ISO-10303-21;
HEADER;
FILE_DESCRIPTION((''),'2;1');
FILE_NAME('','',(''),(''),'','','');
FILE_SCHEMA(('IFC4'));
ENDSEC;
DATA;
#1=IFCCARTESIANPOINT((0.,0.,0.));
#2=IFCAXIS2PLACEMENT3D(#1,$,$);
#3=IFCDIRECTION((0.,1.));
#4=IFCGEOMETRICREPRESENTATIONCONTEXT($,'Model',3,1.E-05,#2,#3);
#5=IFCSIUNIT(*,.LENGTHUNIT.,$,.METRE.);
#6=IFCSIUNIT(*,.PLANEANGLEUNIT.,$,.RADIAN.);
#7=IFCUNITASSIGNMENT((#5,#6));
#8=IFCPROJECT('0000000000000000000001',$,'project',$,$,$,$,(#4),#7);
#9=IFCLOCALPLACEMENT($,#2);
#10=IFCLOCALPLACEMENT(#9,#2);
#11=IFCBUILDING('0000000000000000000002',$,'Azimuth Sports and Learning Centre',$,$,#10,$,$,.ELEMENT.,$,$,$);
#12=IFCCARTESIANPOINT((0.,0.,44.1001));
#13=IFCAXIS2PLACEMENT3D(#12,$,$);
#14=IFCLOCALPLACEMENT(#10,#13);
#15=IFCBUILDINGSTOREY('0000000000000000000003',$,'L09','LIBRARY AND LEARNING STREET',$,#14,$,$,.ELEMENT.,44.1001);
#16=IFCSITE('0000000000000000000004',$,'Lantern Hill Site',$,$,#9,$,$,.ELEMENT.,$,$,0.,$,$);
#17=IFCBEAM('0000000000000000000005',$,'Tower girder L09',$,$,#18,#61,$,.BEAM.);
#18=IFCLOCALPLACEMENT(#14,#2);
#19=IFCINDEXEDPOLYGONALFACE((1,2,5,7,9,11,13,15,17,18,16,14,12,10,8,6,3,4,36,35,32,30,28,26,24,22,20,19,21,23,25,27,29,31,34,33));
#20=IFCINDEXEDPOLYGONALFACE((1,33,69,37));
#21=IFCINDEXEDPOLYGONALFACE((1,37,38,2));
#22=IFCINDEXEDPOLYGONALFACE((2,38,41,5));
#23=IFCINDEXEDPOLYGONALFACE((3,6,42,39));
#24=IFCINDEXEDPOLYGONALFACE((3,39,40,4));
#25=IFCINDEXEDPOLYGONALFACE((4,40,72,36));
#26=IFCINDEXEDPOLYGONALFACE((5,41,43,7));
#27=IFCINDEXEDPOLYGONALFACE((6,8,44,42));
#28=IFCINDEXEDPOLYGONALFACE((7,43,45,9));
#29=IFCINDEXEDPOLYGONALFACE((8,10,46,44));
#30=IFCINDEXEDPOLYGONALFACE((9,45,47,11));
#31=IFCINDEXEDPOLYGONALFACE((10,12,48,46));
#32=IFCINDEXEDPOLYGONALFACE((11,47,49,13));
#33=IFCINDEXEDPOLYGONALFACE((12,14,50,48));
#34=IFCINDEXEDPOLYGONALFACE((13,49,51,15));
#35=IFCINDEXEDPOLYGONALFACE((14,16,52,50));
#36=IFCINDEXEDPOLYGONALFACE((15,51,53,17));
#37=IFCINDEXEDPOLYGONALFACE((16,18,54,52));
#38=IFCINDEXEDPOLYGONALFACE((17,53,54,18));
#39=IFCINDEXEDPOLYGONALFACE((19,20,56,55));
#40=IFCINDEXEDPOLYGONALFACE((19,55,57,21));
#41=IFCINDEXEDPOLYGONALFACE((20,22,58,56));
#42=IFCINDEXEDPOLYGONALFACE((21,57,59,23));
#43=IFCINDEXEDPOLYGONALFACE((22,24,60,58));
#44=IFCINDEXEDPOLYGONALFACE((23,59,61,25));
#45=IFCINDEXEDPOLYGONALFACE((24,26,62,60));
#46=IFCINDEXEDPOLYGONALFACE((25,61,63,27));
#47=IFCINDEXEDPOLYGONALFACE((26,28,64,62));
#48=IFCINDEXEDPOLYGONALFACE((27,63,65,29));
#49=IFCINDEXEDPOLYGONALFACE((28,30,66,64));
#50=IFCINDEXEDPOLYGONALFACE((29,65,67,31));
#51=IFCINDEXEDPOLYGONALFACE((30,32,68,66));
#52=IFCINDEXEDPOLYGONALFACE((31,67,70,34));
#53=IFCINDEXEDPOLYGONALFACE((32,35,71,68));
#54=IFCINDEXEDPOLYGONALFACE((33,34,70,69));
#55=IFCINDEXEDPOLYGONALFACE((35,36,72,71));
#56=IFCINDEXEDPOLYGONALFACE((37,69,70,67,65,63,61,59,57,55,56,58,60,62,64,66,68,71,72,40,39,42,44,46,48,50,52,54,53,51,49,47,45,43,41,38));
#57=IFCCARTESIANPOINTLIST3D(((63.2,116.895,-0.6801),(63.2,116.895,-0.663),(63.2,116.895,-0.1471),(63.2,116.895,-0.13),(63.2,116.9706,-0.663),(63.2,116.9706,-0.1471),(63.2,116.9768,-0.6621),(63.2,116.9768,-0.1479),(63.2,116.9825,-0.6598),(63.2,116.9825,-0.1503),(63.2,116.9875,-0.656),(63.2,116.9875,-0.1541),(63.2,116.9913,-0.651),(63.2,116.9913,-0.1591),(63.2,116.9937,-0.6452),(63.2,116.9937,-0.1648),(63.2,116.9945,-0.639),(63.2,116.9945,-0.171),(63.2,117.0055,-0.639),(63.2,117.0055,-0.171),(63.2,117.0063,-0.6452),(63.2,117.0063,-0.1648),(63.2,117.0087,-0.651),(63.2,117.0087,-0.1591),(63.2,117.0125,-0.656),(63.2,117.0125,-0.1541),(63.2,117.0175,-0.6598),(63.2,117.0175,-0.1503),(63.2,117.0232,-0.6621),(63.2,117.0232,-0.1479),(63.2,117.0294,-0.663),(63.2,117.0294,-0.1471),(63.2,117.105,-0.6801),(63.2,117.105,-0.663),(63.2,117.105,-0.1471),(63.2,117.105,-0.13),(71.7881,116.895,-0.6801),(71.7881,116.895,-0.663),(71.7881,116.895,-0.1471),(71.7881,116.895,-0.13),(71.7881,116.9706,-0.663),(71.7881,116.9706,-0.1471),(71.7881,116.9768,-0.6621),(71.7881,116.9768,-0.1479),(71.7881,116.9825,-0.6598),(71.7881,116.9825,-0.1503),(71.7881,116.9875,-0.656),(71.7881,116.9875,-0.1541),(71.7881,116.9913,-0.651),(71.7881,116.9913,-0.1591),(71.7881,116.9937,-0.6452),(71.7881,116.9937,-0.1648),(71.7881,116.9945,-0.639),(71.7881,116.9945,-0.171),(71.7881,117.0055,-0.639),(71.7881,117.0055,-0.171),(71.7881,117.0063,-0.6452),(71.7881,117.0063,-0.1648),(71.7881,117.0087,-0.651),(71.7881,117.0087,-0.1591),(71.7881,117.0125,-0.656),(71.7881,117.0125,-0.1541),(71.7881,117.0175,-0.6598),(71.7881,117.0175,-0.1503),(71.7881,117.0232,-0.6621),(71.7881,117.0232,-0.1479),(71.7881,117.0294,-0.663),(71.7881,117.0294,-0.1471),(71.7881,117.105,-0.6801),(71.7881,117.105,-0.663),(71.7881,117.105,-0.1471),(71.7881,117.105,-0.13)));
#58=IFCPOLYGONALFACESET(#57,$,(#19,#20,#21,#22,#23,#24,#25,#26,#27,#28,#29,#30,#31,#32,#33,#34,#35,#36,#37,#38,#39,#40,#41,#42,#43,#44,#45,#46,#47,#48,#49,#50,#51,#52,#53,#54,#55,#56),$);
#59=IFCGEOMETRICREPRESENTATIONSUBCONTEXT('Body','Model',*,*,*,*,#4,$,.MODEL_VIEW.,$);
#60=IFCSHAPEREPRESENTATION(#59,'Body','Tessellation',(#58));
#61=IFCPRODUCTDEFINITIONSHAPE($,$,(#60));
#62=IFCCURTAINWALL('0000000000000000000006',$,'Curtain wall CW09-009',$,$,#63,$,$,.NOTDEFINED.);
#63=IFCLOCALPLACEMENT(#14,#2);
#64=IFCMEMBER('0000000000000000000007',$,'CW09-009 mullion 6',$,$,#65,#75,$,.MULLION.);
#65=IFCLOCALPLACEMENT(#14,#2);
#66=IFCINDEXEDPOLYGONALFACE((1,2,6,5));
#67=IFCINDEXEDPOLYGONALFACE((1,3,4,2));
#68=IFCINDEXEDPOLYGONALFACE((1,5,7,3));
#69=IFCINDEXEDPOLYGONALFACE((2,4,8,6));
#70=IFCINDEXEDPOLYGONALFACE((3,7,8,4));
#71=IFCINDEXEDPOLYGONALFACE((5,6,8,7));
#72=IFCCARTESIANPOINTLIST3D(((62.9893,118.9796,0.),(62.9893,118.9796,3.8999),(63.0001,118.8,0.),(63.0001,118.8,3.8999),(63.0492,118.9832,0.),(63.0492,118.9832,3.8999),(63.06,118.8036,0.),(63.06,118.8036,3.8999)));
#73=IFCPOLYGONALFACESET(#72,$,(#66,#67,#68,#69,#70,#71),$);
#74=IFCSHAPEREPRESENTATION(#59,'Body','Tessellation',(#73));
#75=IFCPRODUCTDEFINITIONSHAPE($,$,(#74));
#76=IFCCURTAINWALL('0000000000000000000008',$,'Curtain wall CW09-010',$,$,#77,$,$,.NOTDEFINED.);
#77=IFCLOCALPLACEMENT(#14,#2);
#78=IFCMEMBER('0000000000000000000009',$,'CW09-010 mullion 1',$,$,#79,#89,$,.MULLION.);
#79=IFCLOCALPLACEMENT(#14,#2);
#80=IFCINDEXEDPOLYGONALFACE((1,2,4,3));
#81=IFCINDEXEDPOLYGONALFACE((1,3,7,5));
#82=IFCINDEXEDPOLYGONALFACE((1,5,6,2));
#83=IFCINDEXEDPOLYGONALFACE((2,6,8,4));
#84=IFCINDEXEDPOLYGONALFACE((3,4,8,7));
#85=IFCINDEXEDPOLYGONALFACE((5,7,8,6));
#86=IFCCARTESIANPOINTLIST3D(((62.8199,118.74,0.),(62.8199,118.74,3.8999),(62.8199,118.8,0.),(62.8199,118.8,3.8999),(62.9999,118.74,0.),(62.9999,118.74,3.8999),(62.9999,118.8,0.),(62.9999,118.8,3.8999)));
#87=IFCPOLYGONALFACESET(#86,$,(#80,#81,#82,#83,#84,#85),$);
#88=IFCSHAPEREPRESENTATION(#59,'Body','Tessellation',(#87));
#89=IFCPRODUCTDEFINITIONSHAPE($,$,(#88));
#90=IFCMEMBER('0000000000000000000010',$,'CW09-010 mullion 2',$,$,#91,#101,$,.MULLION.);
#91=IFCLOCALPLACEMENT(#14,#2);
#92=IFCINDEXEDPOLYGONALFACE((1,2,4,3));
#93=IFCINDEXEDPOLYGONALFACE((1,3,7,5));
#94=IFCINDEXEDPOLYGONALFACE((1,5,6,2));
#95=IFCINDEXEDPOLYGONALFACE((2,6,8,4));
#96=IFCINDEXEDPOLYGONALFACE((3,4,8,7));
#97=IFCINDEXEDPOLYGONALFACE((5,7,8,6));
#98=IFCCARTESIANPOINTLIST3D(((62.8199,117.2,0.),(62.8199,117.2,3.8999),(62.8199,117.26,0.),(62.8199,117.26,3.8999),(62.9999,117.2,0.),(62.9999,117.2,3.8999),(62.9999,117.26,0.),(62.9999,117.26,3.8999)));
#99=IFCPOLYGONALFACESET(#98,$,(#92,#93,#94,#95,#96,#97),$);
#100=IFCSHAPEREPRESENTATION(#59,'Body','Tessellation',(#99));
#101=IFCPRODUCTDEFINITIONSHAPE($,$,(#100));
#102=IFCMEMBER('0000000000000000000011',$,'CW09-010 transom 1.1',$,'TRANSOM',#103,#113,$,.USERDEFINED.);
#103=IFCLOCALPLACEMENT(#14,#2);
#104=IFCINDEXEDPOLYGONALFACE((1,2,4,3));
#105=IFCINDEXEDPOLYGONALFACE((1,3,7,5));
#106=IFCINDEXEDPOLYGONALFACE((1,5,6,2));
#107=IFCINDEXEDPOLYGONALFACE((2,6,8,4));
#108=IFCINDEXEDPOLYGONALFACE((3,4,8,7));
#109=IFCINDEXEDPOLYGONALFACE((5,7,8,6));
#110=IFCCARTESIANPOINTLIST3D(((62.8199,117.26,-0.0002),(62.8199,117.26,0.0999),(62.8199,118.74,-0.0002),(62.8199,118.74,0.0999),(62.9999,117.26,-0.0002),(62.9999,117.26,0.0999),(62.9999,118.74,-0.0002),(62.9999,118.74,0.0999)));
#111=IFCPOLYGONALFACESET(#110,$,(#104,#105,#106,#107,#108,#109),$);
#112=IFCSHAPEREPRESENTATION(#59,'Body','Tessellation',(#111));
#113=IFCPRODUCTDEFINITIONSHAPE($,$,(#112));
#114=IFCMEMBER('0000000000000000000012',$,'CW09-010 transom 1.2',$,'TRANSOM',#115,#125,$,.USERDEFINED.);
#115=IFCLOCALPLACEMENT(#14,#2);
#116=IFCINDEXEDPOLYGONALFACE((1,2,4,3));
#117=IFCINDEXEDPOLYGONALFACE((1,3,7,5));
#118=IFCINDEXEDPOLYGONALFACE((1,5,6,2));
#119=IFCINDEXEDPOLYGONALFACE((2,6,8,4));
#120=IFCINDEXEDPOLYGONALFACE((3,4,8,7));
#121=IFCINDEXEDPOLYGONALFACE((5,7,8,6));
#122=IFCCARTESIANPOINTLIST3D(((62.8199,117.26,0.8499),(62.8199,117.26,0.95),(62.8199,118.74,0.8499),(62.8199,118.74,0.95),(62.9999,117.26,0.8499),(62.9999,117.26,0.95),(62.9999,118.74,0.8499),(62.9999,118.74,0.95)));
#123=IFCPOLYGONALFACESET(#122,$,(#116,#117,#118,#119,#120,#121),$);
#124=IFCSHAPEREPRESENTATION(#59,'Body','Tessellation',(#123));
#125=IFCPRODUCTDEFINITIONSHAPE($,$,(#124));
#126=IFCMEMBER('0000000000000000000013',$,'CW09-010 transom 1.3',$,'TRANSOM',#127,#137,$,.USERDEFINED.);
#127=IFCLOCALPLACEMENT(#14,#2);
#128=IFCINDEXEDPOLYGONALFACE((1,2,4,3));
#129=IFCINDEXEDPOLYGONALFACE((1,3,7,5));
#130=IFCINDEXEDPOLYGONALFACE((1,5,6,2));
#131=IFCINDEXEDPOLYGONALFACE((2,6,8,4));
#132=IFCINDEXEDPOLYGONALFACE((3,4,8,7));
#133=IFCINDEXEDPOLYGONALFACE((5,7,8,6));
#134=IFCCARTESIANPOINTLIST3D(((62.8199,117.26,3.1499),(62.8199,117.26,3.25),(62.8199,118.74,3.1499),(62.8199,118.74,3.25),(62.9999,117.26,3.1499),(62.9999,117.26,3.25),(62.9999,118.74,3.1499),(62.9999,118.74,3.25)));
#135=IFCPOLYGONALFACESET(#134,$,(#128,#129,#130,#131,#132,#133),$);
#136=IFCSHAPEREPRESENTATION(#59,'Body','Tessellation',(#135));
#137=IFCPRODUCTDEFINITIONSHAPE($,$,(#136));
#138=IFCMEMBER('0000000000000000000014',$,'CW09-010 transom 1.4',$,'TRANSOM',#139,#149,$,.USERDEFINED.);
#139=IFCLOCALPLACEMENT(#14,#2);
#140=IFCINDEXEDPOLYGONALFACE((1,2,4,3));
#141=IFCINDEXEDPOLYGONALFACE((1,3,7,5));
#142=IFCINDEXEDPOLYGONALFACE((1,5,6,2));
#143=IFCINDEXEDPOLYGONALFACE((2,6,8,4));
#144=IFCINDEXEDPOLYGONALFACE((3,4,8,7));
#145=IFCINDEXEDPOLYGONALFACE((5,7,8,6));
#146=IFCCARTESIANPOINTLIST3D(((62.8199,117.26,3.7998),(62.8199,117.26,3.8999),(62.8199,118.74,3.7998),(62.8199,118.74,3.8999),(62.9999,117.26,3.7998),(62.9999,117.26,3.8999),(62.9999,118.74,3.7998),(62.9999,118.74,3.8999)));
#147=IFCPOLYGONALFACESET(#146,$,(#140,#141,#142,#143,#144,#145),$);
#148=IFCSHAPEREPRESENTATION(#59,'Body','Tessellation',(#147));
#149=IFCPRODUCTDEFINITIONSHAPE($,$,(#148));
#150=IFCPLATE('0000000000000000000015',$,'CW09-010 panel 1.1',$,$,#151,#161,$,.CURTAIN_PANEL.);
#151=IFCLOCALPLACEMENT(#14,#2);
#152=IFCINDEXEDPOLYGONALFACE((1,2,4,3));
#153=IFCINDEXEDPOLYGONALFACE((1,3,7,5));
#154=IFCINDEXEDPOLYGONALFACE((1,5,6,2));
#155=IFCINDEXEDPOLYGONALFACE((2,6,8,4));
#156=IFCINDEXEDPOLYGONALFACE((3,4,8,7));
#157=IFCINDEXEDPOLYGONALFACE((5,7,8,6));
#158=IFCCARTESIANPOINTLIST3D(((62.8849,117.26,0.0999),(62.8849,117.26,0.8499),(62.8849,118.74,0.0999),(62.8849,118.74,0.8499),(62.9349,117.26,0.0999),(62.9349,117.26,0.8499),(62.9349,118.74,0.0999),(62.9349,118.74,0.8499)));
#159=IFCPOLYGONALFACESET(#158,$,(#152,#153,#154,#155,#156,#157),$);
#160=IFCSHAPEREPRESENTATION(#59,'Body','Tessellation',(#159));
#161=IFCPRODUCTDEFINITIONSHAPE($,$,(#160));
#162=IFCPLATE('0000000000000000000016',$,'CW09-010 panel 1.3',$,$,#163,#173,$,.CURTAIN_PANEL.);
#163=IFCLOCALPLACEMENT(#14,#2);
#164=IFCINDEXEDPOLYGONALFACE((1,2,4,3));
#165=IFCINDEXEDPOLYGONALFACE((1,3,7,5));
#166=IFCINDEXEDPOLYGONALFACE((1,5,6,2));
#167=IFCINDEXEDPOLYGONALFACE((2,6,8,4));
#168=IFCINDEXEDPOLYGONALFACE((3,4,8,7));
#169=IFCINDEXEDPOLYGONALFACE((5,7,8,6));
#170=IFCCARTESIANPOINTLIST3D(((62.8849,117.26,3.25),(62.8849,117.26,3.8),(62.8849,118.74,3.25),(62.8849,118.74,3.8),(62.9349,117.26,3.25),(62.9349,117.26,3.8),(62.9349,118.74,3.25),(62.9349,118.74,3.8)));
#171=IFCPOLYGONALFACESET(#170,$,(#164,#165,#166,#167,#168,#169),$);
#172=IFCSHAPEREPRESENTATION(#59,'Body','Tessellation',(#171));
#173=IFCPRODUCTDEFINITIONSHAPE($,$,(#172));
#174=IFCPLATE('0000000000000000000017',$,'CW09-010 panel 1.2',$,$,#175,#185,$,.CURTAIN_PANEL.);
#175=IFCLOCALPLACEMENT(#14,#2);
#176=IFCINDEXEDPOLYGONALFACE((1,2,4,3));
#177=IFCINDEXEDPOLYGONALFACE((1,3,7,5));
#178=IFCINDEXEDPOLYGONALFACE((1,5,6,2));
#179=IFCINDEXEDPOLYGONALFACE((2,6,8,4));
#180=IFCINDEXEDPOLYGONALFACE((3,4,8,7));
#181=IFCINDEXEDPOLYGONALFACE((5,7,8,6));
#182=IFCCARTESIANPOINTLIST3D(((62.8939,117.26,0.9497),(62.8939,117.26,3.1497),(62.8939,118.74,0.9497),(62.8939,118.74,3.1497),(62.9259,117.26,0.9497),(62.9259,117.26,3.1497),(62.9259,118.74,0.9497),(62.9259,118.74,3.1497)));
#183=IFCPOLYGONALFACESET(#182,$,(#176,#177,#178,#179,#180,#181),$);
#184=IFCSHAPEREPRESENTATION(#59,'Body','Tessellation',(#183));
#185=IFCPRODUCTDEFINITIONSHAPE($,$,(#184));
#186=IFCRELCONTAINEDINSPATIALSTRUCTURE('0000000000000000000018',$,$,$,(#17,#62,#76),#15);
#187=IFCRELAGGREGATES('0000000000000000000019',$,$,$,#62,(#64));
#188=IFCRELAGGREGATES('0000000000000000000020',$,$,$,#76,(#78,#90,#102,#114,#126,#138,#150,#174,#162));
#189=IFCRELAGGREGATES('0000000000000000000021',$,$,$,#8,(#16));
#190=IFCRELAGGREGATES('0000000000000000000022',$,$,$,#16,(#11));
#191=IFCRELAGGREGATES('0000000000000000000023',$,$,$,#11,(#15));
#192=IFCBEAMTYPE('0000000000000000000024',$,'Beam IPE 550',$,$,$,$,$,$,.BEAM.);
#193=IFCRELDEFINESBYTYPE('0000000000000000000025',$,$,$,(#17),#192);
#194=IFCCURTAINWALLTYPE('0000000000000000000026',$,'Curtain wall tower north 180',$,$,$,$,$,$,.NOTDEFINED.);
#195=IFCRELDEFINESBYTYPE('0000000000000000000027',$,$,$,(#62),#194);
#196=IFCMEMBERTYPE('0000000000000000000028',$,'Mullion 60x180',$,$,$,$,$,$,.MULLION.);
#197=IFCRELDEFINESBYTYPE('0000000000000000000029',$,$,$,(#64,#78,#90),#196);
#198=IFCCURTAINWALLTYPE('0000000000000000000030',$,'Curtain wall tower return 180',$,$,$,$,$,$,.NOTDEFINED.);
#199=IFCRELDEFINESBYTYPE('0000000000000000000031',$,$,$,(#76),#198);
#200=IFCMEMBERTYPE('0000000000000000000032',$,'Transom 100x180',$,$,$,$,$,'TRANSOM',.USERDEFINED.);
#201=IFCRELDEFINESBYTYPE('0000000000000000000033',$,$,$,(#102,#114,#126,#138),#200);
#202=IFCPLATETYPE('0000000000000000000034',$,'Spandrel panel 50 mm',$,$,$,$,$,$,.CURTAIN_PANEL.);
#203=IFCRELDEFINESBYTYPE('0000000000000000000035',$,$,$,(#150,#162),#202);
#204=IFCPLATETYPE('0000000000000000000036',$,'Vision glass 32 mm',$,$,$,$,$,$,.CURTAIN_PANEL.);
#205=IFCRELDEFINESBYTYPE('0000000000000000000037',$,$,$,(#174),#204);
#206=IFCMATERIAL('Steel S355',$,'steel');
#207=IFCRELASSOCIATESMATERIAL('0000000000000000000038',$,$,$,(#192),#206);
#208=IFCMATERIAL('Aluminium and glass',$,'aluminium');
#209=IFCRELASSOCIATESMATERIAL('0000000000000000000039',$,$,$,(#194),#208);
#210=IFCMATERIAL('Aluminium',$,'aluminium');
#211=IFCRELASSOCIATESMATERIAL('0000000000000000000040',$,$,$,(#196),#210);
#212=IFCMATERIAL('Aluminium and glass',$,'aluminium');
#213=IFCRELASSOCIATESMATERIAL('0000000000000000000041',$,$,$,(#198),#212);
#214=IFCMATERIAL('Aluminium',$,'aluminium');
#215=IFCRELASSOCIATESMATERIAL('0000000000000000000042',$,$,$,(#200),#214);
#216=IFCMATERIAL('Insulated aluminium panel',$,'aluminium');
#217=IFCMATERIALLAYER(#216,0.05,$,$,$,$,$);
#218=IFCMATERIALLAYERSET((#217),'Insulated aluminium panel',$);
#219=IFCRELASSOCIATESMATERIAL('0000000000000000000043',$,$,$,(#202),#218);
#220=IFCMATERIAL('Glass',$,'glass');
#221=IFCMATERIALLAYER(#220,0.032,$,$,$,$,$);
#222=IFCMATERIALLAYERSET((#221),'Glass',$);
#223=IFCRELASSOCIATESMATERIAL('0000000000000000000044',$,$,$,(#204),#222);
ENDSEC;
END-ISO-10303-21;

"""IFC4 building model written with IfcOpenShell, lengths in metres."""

from ifc_helpers import new_model, si_unit, direction, frame, origin, origin_2d, place, context, subcontext, project, spatial, rectangle, i_section, extrude, material, layer, layer_set, material_profile, profile_set, type_object, element, aggregate, save


model = new_model("IFC4")

# Units and contexts
model_context = context("Model", 3, precision=1e-05, world=origin(), true_north=direction((0.0, 1.0)))
body_context = subcontext(model_context, "Body", "Model", "MODEL_VIEW")
ifc_project = project(units=[si_unit("LENGTHUNIT", "METRE"), si_unit("PLANEANGLEUNIT", "RADIAN")], contexts=[model_context])

# Site, building, storey
site_placement = place(None, origin())
site = spatial("IfcSite", under=ifc_project, at=site_placement, Name="Lantern Hill Site", CompositionType="ELEMENT", RefElevation=0.0)
building_placement = place(site_placement, origin())
building = spatial("IfcBuilding", under=site, at=building_placement, Name="Azimuth Sports and Learning Centre", CompositionType="ELEMENT")
storey_placement = place(building_placement, frame((0.0, 0.0, 44.1001)))
storey = spatial("IfcBuildingStorey", under=building, at=storey_placement, Name="L09", Description="LIBRARY AND LEARNING STREET", CompositionType="ELEMENT", Elevation=44.1001)

# Beam
ifc_material_1 = material(Name="Steel S355", Category="steel")
ifc_material_profile_1 = material_profile(ifc_material_1, i_section(OverallWidth=0.21, OverallDepth=0.55, WebThickness=0.011, FlangeThickness=0.0171, FilletRadius=0.0239, at=origin_2d()), Name="IPE 550")
ifc_profile_set_1 = profile_set([ifc_material_profile_1], Name="Steel S355")
beam_type = type_object("IfcBeamType", Name="Beam IPE 550", PredefinedType="BEAM", material=ifc_profile_set_1)
beam_placement = place(storey_placement, frame((63.2, 117.0, -0.405), z_axis=(1.0, 0.0, 0.0), x_axis=(0.0, 1.0, 0.0)))
element("IfcBeam", 1, at=beam_placement, inside=storey, type_object=beam_type, Name="Tower girder L09", PredefinedType="BEAM", context=body_context, shape_type="SweptSolid", body=[
    extrude(i_section(OverallWidth=0.21, OverallDepth=0.55, WebThickness=0.011, FlangeThickness=0.0171, FilletRadius=0.0239, at=origin_2d()), origin(), (0.0, 0.0, 1.0), 8.5881),
])

# Curtain wall, member
ifc_material_2 = material(Name="Aluminium and glass", Category="aluminium")
curtain_wall_type_1 = type_object("IfcCurtainWallType", Name="Curtain wall tower north 180", PredefinedType="NOTDEFINED", material=ifc_material_2)
curtain_wall_1_placement = place(storey_placement, origin())
curtain_wall_1 = element("IfcCurtainWall", 2, at=curtain_wall_1_placement, inside=storey, type_object=curtain_wall_type_1, Name="Curtain wall CW09-009", PredefinedType="NOTDEFINED")
ifc_material_3 = material(Name="Aluminium", Category="aluminium")
ifc_material_profile_2 = material_profile(ifc_material_3, rectangle(XDim=0.1799, YDim=0.0601, at=origin_2d()), Name="Mullion 60x180")
ifc_profile_set_2 = profile_set([ifc_material_profile_2], Name="Aluminium")
member_type_1 = type_object("IfcMemberType", Name="Mullion 60x180", PredefinedType="MULLION", material=ifc_profile_set_2)
member_1_placement = place(storey_placement, frame((63.0247, 118.8916, 0.0), z_axis=(0.0, 0.0, 1.0), x_axis=(0.059892, -0.998205, 0.0)))
member_1 = element("IfcMember", 3, at=member_1_placement, type_object=member_type_1, Name="CW09-009 mullion 6", PredefinedType="MULLION", context=body_context, shape_type="SweptSolid", body=[
    extrude(rectangle(XDim=0.1799, YDim=0.0601, at=origin_2d()), origin(), (0.0, 0.0, 1.0), 3.8999),
])
aggregate(curtain_wall_1, [member_1])

# Curtain wall, members, plates
ifc_material_4 = material(Name="Aluminium and glass", Category="aluminium")
curtain_wall_type_2 = type_object("IfcCurtainWallType", Name="Curtain wall tower return 180", PredefinedType="NOTDEFINED", material=ifc_material_4)
curtain_wall_2_placement = place(storey_placement, origin())
curtain_wall_2 = element("IfcCurtainWall", 4, at=curtain_wall_2_placement, inside=storey, type_object=curtain_wall_type_2, Name="Curtain wall CW09-010", PredefinedType="NOTDEFINED")
member_2_placement = place(storey_placement, frame((62.9099, 118.77, 0.0), z_axis=(0.0, 0.0, 1.0), x_axis=(1.0, 0.0, 0.0)))
member_2 = element("IfcMember", 5, at=member_2_placement, type_object=member_type_1, Name="CW09-010 mullion 1", PredefinedType="MULLION", context=body_context, shape_type="SweptSolid", body=[
    extrude(rectangle(XDim=0.1799, YDim=0.0601, at=origin_2d()), origin(), (0.0, 0.0, 1.0), 3.8999),
])
member_3_placement = place(storey_placement, frame((62.9099, 117.23, 0.0), z_axis=(0.0, 0.0, 1.0), x_axis=(1.0, 0.0, 0.0)))
member_3 = element("IfcMember", 6, at=member_3_placement, type_object=member_type_1, Name="CW09-010 mullion 2", PredefinedType="MULLION", context=body_context, shape_type="SweptSolid", body=[
    extrude(rectangle(XDim=0.1799, YDim=0.0601, at=origin_2d()), origin(), (0.0, 0.0, 1.0), 3.8999),
])
ifc_material_5 = material(Name="Aluminium", Category="aluminium")
ifc_material_profile_3 = material_profile(ifc_material_5, rectangle(XDim=0.1799, YDim=0.1001, at=origin_2d()), Name="Transom 100x180")
ifc_profile_set_3 = profile_set([ifc_material_profile_3], Name="Aluminium")
member_type_2 = type_object("IfcMemberType", Name="Transom 100x180", ElementType="TRANSOM", PredefinedType="USERDEFINED", material=ifc_profile_set_3)
member_4_placement = place(storey_placement, frame((62.9099, 118.74, 0.0498), z_axis=(0.0, -1.0, 0.0), x_axis=(1.0, 0.0, 0.0)))
member_4 = element("IfcMember", 7, at=member_4_placement, type_object=member_type_2, Name="CW09-010 transom 1.1", ObjectType="TRANSOM", PredefinedType="USERDEFINED", context=body_context, shape_type="SweptSolid", body=[
    extrude(rectangle(XDim=0.1799, YDim=0.1001, at=origin_2d()), origin(), (0.0, 0.0, 1.0), 1.48),
])
member_5_placement = place(storey_placement, frame((62.9099, 118.74, 0.8999), z_axis=(0.0, -1.0, 0.0), x_axis=(1.0, 0.0, 0.0)))
member_5 = element("IfcMember", 8, at=member_5_placement, type_object=member_type_2, Name="CW09-010 transom 1.2", ObjectType="TRANSOM", PredefinedType="USERDEFINED", context=body_context, shape_type="SweptSolid", body=[
    extrude(rectangle(XDim=0.1799, YDim=0.1001, at=origin_2d()), origin(), (0.0, 0.0, 1.0), 1.48),
])
member_6_placement = place(storey_placement, frame((62.9099, 118.74, 3.2), z_axis=(0.0, -1.0, 0.0), x_axis=(1.0, 0.0, 0.0)))
member_6 = element("IfcMember", 9, at=member_6_placement, type_object=member_type_2, Name="CW09-010 transom 1.3", ObjectType="TRANSOM", PredefinedType="USERDEFINED", context=body_context, shape_type="SweptSolid", body=[
    extrude(rectangle(XDim=0.1799, YDim=0.1001, at=origin_2d()), origin(), (0.0, 0.0, 1.0), 1.48),
])
member_7_placement = place(storey_placement, frame((62.9099, 118.74, 3.8499), z_axis=(0.0, -1.0, 0.0), x_axis=(1.0, 0.0, 0.0)))
member_7 = element("IfcMember", 10, at=member_7_placement, type_object=member_type_2, Name="CW09-010 transom 1.4", ObjectType="TRANSOM", PredefinedType="USERDEFINED", context=body_context, shape_type="SweptSolid", body=[
    extrude(rectangle(XDim=0.1799, YDim=0.1001, at=origin_2d()), origin(), (0.0, 0.0, 1.0), 1.48),
])
ifc_material_6 = material(Name="Insulated aluminium panel", Category="aluminium")
ifc_layer_1 = layer(ifc_material_6, 0.05)
ifc_layer_set_1 = layer_set([ifc_layer_1], Name="Insulated aluminium panel")
plate_type_1 = type_object("IfcPlateType", Name="Spandrel panel 50 mm", PredefinedType="CURTAIN_PANEL", material=ifc_layer_set_1)
plate_1_placement = place(storey_placement, frame((62.9099, 118.0, 0.0999), z_axis=(0.0, 0.0, 1.0), x_axis=(0.0, -1.0, 0.0)))
plate_1 = element("IfcPlate", 11, at=plate_1_placement, type_object=plate_type_1, Name="CW09-010 panel 1.1", PredefinedType="CURTAIN_PANEL", context=body_context, shape_type="SweptSolid", body=[
    extrude(rectangle(XDim=1.48, YDim=0.05, at=origin_2d()), origin(), (0.0, 0.0, 1.0), 0.75),
])
plate_2_placement = place(storey_placement, frame((62.9099, 118.0, 3.25), z_axis=(0.0, 0.0, 1.0), x_axis=(0.0, -1.0, 0.0)))
plate_2 = element("IfcPlate", 12, at=plate_2_placement, type_object=plate_type_1, Name="CW09-010 panel 1.3", PredefinedType="CURTAIN_PANEL", context=body_context, shape_type="SweptSolid", body=[
    extrude(rectangle(XDim=1.48, YDim=0.05, at=origin_2d()), origin(), (0.0, 0.0, 1.0), 0.55),
])
ifc_material_7 = material(Name="Glass", Category="glass")
ifc_layer_2 = layer(ifc_material_7, 0.032)
ifc_layer_set_2 = layer_set([ifc_layer_2], Name="Glass")
plate_type_2 = type_object("IfcPlateType", Name="Vision glass 32 mm", PredefinedType="CURTAIN_PANEL", material=ifc_layer_set_2)
plate_3_placement = place(storey_placement, frame((62.9099, 118.0, 0.9497), z_axis=(0.0, 0.0, 1.0), x_axis=(0.0, -1.0, 0.0)))
plate_3 = element("IfcPlate", 13, at=plate_3_placement, type_object=plate_type_2, Name="CW09-010 panel 1.2", PredefinedType="CURTAIN_PANEL", context=body_context, shape_type="SweptSolid", body=[
    extrude(rectangle(XDim=1.48, YDim=0.032, at=origin_2d()), origin(), (0.0, 0.0, 1.0), 2.2),
])
aggregate(curtain_wall_2, [member_2, member_3, member_4, member_5, member_6, member_7, plate_1, plate_3, plate_2])

save(model, "model.ifc")
